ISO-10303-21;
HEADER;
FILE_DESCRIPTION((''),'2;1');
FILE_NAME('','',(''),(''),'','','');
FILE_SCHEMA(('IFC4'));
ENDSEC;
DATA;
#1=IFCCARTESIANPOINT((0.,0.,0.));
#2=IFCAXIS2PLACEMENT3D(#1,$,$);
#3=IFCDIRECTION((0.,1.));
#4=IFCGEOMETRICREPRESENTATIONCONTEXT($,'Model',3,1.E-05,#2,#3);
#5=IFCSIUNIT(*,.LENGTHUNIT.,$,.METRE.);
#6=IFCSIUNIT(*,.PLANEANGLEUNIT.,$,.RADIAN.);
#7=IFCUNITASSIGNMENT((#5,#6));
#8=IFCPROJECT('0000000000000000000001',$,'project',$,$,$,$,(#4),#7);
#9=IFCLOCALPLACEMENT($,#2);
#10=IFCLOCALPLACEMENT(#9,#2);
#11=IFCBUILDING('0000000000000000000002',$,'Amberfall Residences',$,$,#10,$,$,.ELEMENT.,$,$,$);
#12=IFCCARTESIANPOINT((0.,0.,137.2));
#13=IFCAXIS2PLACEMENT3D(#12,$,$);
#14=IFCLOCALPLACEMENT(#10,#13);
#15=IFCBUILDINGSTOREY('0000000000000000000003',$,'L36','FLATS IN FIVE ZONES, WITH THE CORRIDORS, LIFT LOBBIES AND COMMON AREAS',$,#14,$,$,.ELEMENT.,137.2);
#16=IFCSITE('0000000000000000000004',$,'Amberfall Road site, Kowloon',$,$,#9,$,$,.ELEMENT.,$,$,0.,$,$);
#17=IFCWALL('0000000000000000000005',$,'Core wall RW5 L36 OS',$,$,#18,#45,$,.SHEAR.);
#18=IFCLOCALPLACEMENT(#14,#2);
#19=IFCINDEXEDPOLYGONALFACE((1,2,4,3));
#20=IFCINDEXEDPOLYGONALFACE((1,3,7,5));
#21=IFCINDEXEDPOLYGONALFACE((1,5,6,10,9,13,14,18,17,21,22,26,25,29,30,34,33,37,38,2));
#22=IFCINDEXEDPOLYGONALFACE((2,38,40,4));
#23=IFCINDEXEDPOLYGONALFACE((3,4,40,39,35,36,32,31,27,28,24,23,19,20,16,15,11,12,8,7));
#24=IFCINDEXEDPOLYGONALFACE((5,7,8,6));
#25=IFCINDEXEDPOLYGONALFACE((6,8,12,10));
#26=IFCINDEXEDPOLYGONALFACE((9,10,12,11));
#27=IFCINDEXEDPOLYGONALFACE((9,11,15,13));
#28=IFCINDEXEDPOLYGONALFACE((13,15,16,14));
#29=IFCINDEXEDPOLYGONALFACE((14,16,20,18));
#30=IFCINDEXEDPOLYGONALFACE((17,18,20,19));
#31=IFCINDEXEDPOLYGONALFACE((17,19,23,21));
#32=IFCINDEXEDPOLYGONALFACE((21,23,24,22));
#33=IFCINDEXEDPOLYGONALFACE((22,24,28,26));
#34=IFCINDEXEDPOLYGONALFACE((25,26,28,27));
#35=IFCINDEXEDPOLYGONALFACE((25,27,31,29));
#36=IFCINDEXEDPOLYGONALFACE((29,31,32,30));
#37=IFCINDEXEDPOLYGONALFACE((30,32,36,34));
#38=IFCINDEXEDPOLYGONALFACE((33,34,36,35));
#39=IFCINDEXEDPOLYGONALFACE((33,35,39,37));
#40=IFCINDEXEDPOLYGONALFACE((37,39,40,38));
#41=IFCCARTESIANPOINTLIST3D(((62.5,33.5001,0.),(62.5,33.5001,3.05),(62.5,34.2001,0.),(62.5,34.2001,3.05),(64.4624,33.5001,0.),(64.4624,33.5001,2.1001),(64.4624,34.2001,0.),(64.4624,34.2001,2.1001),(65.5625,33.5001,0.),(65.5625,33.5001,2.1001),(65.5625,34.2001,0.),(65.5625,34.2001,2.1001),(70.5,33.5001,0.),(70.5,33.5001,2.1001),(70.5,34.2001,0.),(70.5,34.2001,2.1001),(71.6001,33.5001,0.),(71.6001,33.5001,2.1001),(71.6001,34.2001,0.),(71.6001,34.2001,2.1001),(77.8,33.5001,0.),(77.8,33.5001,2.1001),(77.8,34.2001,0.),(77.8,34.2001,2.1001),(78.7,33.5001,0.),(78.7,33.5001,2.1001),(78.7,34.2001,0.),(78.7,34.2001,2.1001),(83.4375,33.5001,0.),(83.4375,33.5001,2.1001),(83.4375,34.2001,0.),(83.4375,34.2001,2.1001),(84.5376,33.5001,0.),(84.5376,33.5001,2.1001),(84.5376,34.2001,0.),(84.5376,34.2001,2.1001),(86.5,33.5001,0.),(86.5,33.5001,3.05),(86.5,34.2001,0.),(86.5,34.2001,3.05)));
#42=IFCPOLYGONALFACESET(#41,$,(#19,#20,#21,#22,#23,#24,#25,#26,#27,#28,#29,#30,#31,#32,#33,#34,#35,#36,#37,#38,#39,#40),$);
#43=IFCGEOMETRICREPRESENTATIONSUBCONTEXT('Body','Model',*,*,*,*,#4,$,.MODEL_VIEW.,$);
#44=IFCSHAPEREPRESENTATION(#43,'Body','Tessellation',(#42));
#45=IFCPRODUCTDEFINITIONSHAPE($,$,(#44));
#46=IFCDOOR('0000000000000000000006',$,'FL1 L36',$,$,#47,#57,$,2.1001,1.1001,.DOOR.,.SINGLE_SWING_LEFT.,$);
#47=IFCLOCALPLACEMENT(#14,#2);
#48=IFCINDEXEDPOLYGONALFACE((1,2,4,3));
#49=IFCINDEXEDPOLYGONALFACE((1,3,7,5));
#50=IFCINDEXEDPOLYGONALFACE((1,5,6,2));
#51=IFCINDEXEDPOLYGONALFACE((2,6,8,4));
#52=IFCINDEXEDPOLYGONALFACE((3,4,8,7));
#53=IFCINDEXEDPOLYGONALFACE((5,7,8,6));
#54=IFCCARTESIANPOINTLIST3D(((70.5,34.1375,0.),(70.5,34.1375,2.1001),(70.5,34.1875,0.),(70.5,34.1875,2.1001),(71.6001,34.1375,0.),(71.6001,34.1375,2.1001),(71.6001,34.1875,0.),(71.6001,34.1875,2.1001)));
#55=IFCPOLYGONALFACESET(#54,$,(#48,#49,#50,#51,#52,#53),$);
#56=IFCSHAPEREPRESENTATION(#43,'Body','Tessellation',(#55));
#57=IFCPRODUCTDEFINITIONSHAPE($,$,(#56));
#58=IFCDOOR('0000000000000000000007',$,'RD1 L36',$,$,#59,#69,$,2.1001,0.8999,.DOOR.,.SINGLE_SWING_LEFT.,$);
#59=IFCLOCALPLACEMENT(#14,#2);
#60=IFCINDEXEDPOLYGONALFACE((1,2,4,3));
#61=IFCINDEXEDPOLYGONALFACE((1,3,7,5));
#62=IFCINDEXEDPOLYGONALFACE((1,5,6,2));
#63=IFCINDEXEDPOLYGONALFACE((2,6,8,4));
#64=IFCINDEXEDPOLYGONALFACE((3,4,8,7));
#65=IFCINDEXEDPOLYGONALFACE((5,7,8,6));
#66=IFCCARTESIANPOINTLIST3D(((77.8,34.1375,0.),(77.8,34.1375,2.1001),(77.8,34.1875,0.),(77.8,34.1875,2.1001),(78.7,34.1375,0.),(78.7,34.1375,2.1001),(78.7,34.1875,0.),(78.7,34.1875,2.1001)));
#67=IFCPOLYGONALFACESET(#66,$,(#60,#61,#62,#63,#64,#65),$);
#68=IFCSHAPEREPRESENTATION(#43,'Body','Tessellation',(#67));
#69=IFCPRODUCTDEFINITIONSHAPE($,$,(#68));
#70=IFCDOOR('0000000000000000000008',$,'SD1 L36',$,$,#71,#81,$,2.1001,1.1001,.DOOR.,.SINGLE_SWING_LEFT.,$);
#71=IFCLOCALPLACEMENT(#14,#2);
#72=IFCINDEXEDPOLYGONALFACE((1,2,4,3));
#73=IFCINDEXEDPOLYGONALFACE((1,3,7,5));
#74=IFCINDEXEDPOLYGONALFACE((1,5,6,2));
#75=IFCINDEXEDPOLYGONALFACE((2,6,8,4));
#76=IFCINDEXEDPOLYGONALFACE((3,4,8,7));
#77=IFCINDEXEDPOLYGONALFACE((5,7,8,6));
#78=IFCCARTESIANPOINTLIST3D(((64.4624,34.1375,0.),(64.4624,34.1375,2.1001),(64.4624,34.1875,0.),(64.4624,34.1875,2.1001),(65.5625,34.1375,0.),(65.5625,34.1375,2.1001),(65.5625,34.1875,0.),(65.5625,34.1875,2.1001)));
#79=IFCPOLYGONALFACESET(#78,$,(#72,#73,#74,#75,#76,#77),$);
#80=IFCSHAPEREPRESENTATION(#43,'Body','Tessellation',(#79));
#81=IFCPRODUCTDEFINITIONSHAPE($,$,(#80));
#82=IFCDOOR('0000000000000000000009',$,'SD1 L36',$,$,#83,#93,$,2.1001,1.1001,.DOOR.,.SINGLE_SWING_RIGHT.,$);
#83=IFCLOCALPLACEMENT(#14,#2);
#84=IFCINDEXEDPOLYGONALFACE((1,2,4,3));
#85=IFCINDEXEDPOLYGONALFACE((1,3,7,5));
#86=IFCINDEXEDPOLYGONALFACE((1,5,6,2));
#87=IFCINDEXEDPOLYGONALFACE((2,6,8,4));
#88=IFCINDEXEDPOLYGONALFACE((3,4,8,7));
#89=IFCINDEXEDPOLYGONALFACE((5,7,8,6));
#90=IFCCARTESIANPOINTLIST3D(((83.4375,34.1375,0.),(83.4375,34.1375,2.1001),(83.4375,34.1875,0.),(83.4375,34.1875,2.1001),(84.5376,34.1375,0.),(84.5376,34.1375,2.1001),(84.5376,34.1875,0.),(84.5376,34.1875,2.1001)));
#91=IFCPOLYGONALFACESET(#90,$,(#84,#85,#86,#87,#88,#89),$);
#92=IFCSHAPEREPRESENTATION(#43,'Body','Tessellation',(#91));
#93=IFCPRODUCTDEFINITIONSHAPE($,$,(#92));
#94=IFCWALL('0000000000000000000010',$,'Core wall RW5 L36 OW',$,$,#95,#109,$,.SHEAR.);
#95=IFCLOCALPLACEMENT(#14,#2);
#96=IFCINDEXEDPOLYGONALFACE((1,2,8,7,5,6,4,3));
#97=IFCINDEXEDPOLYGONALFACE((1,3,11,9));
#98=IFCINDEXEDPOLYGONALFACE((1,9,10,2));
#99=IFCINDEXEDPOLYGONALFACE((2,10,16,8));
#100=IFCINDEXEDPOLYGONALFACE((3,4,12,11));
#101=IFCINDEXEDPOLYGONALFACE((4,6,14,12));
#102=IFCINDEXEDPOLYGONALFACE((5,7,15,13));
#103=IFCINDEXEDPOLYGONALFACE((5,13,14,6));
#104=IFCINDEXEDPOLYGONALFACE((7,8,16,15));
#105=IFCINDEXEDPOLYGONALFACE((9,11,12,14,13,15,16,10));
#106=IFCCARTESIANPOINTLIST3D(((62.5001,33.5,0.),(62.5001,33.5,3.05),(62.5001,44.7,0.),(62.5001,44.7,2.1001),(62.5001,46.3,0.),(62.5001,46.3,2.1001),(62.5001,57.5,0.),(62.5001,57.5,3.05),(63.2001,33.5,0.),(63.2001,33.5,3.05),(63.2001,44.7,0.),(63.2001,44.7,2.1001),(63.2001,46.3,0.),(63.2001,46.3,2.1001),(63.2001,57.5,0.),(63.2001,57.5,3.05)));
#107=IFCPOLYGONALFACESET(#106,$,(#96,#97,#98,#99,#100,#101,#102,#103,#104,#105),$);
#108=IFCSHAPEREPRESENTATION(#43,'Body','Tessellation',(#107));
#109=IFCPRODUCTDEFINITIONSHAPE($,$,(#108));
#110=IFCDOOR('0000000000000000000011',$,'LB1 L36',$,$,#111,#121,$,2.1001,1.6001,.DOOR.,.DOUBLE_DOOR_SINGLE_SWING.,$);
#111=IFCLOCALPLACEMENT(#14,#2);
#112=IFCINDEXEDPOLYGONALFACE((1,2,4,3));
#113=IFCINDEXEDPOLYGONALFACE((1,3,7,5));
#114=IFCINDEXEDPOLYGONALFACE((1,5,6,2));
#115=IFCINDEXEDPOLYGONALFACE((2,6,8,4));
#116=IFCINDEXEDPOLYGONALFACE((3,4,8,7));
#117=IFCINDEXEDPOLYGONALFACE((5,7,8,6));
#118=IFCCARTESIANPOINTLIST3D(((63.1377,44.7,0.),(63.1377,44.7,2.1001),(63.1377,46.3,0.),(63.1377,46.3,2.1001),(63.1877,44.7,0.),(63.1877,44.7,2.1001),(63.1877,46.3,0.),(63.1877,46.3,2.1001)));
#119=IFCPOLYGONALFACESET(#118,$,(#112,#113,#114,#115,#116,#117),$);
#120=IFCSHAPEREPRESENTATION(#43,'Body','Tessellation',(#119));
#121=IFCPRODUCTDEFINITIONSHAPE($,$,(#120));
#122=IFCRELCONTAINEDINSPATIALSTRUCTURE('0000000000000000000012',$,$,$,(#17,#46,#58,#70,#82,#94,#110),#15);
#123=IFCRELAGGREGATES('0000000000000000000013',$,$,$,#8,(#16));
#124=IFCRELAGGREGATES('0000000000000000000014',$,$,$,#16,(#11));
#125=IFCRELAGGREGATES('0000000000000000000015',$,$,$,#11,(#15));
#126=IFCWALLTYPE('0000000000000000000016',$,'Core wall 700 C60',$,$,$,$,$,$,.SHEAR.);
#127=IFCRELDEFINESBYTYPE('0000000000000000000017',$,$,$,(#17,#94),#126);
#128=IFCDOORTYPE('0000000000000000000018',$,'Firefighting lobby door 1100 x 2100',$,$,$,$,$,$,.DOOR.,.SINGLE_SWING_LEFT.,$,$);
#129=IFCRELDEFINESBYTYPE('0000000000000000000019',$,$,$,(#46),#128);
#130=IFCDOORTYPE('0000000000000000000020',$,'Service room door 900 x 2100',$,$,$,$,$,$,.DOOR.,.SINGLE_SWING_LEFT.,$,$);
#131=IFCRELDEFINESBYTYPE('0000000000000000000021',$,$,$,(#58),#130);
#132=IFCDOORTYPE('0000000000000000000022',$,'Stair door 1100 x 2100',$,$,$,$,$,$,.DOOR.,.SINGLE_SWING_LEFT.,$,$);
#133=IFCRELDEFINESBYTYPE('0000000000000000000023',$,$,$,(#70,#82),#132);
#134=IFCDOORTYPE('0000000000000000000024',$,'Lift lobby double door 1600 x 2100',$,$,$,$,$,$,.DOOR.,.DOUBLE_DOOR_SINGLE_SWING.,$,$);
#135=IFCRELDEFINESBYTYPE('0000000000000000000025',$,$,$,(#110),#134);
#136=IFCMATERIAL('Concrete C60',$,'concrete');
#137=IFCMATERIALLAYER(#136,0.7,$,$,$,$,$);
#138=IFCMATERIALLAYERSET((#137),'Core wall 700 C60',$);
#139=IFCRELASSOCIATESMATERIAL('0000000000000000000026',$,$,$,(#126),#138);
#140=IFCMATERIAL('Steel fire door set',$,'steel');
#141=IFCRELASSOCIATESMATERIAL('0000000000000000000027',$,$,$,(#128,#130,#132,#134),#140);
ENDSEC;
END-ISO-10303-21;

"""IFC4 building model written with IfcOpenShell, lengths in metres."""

from ifc_helpers import new_model, si_unit, direction, frame, frame_2d, origin, place, context, subcontext, project, spatial, rectangle, extrude, material, layer, layer_set, type_object, element, fill, save


model = new_model("IFC4")

# Units and contexts
model_context = context("Model", 3, precision=1e-05, world=origin(), true_north=direction((0.0, 1.0)))
body_context = subcontext(model_context, "Body", "Model", "MODEL_VIEW")
ifc_project = project(units=[si_unit("LENGTHUNIT", "METRE"), si_unit("PLANEANGLEUNIT", "RADIAN")], contexts=[model_context])

# Site, building, storey
site_placement = place(None, origin())
site = spatial("IfcSite", under=ifc_project, at=site_placement, Name="Amberfall Road site, Kowloon", CompositionType="ELEMENT", RefElevation=0.0)
building_placement = place(site_placement, origin())
building = spatial("IfcBuilding", under=site, at=building_placement, Name="Amberfall Residences", CompositionType="ELEMENT")
storey_placement = place(building_placement, frame((0.0, 0.0, 137.2)))
storey = spatial("IfcBuildingStorey", under=building, at=storey_placement, Name="L36", Description="FLATS IN FIVE ZONES, WITH THE CORRIDORS, LIFT LOBBIES AND COMMON AREAS", CompositionType="ELEMENT", Elevation=137.2)

# Wall, openings, doors
ifc_material_1 = material(Name="Concrete C60", Category="concrete")
ifc_layer_1 = layer(ifc_material_1, 0.7)
ifc_layer_set_1 = layer_set([ifc_layer_1], Name="Core wall 700 C60")
wall_type_1 = type_object("IfcWallType", Name="Core wall 700 C60", PredefinedType="SHEAR", material=ifc_layer_set_1)
wall_1_placement = place(storey_placement, frame((62.5, 33.8501, 0.0), z_axis=(0.0, 0.0, 1.0), x_axis=(1.0, 0.0, 0.0)))
wall_1 = element("IfcWall", 1, at=wall_1_placement, inside=storey, type_object=wall_type_1, Name="Core wall RW5 L36 OS", PredefinedType="SHEAR", context=body_context, shape_type="SweptSolid", body=[
    extrude(rectangle(XDim=24.0, YDim=0.7, at=frame_2d((12.0, 0.0))), origin(), (0.0, 0.0, 1.0), 3.05),
])
opening_1_placement = place(wall_1_placement, frame((1.9624, 0.0, 0.0)))
opening_1 = element("IfcOpeningElement", 2, at=opening_1_placement, cuts=wall_1, PredefinedType="OPENING", context=body_context, shape_type="SweptSolid", body=[
    extrude(rectangle(XDim=1.1001, YDim=2.1001, at=frame_2d((0.55, 1.05))), frame((0.0, 0.3599, 0.0), z_axis=(0.0, -1.0, 0.0), x_axis=(1.0, 0.0, 0.0)), (0.0, 0.0, 1.0), 0.72),
])
opening_2_placement = place(wall_1_placement, frame((20.9375, 0.0, 0.0)))
opening_2 = element("IfcOpeningElement", 3, at=opening_2_placement, cuts=wall_1, PredefinedType="OPENING", context=body_context, shape_type="SweptSolid", body=[
    extrude(rectangle(XDim=1.1001, YDim=2.1001, at=frame_2d((0.55, 1.05))), frame((0.0, 0.3599, 0.0), z_axis=(0.0, -1.0, 0.0), x_axis=(1.0, 0.0, 0.0)), (0.0, 0.0, 1.0), 0.72),
])
opening_3_placement = place(wall_1_placement, frame((8.0, 0.0, 0.0)))
opening_3 = element("IfcOpeningElement", 4, at=opening_3_placement, cuts=wall_1, PredefinedType="OPENING", context=body_context, shape_type="SweptSolid", body=[
    extrude(rectangle(XDim=1.1001, YDim=2.1001, at=frame_2d((0.55, 1.05))), frame((0.0, 0.3599, 0.0), z_axis=(0.0, -1.0, 0.0), x_axis=(1.0, 0.0, 0.0)), (0.0, 0.0, 1.0), 0.72),
])
opening_4_placement = place(wall_1_placement, frame((15.3, 0.0, 0.0)))
opening_4 = element("IfcOpeningElement", 5, at=opening_4_placement, cuts=wall_1, PredefinedType="OPENING", context=body_context, shape_type="SweptSolid", body=[
    extrude(rectangle(XDim=0.8999, YDim=2.1001, at=frame_2d((0.45, 1.05))), frame((0.0, 0.3599, 0.0), z_axis=(0.0, -1.0, 0.0), x_axis=(1.0, 0.0, 0.0)), (0.0, 0.0, 1.0), 0.72),
])
ifc_material_2 = material(Name="Steel fire door set", Category="steel")
door_type_1 = type_object("IfcDoorType", Name="Firefighting lobby door 1100 x 2100", OperationType="SINGLE_SWING_LEFT", PredefinedType="DOOR", material=ifc_material_2)
door_1_placement = place(opening_3_placement, origin())
door_1 = element("IfcDoor", 6, at=door_1_placement, inside=storey, type_object=door_type_1, Name="FL1 L36", OperationType="SINGLE_SWING_LEFT", OverallHeight=2.1001, OverallWidth=1.1001, PredefinedType="DOOR", context=body_context, shape_type="SweptSolid", body=[
    extrude(rectangle(XDim=1.1001, YDim=2.1001, at=frame_2d((0.55, 1.05))), frame((0.0, 0.3374, 0.0), z_axis=(0.0, -1.0, 0.0), x_axis=(1.0, 0.0, 0.0)), (0.0, 0.0, 1.0), 0.05),
])
fill(opening_3, door_1)
door_type_2 = type_object("IfcDoorType", Name="Service room door 900 x 2100", OperationType="SINGLE_SWING_LEFT", PredefinedType="DOOR", material=ifc_material_2)
door_2_placement = place(opening_4_placement, origin())
door_2 = element("IfcDoor", 7, at=door_2_placement, inside=storey, type_object=door_type_2, Name="RD1 L36", OperationType="SINGLE_SWING_LEFT", OverallHeight=2.1001, OverallWidth=0.8999, PredefinedType="DOOR", context=body_context, shape_type="SweptSolid", body=[
    extrude(rectangle(XDim=0.8999, YDim=2.1001, at=frame_2d((0.45, 1.05))), frame((0.0, 0.3374, 0.0), z_axis=(0.0, -1.0, 0.0), x_axis=(1.0, 0.0, 0.0)), (0.0, 0.0, 1.0), 0.05),
])
fill(opening_4, door_2)
door_type_3 = type_object("IfcDoorType", Name="Stair door 1100 x 2100", OperationType="SINGLE_SWING_LEFT", PredefinedType="DOOR", material=ifc_material_2)
door_3_placement = place(opening_1_placement, origin())
door_3 = element("IfcDoor", 8, at=door_3_placement, inside=storey, type_object=door_type_3, Name="SD1 L36", OperationType="SINGLE_SWING_LEFT", OverallHeight=2.1001, OverallWidth=1.1001, PredefinedType="DOOR", context=body_context, shape_type="SweptSolid", body=[
    extrude(rectangle(XDim=1.1001, YDim=2.1001, at=frame_2d((0.55, 1.05))), frame((0.0, 0.3374, 0.0), z_axis=(0.0, -1.0, 0.0), x_axis=(1.0, 0.0, 0.0)), (0.0, 0.0, 1.0), 0.05),
])
fill(opening_1, door_3)
door_4_placement = place(opening_2_placement, origin())
door_4 = element("IfcDoor", 9, at=door_4_placement, inside=storey, type_object=door_type_3, Name="SD1 L36", OperationType="SINGLE_SWING_RIGHT", OverallHeight=2.1001, OverallWidth=1.1001, PredefinedType="DOOR", context=body_context, shape_type="SweptSolid", body=[
    extrude(rectangle(XDim=1.1001, YDim=2.1001, at=frame_2d((0.55, 1.05))), frame((0.0, 0.3374, 0.0), z_axis=(0.0, -1.0, 0.0), x_axis=(1.0, 0.0, 0.0)), (0.0, 0.0, 1.0), 0.05),
])
fill(opening_2, door_4)

# Wall, opening, door
wall_2_placement = place(storey_placement, frame((62.8501, 33.5, 0.0), z_axis=(0.0, 0.0, 1.0), x_axis=(0.0, 1.0, 0.0)))
wall_2 = element("IfcWall", 10, at=wall_2_placement, inside=storey, type_object=wall_type_1, Name="Core wall RW5 L36 OW", PredefinedType="SHEAR", context=body_context, shape_type="SweptSolid", body=[
    extrude(rectangle(XDim=24.0, YDim=0.7, at=frame_2d((12.0, 0.0))), origin(), (0.0, 0.0, 1.0), 3.05),
])
opening_5_placement = place(wall_2_placement, frame((11.2, 0.0, 0.0)))
opening_5 = element("IfcOpeningElement", 11, at=opening_5_placement, cuts=wall_2, PredefinedType="OPENING", context=body_context, shape_type="SweptSolid", body=[
    extrude(rectangle(XDim=1.6001, YDim=2.1001, at=frame_2d((0.8, 1.05))), frame((0.0, 0.3599, 0.0), z_axis=(0.0, -1.0, 0.0), x_axis=(1.0, 0.0, 0.0)), (0.0, 0.0, 1.0), 0.72),
])
door_type_4 = type_object("IfcDoorType", Name="Lift lobby double door 1600 x 2100", OperationType="DOUBLE_DOOR_SINGLE_SWING", PredefinedType="DOOR", material=ifc_material_2)
door_5_placement = place(opening_5_placement, origin())
door_5 = element("IfcDoor", 12, at=door_5_placement, inside=storey, type_object=door_type_4, Name="LB1 L36", OperationType="DOUBLE_DOOR_SINGLE_SWING", OverallHeight=2.1001, OverallWidth=1.6001, PredefinedType="DOOR", context=body_context, shape_type="SweptSolid", body=[
    extrude(rectangle(XDim=1.6001, YDim=2.1001, at=frame_2d((0.8, 1.05))), frame((0.0, -0.2876, 0.0), z_axis=(0.0, -1.0, 0.0), x_axis=(1.0, 0.0, 0.0)), (0.0, 0.0, 1.0), 0.05),
])
fill(opening_5, door_5)

save(model, "model.ifc")
